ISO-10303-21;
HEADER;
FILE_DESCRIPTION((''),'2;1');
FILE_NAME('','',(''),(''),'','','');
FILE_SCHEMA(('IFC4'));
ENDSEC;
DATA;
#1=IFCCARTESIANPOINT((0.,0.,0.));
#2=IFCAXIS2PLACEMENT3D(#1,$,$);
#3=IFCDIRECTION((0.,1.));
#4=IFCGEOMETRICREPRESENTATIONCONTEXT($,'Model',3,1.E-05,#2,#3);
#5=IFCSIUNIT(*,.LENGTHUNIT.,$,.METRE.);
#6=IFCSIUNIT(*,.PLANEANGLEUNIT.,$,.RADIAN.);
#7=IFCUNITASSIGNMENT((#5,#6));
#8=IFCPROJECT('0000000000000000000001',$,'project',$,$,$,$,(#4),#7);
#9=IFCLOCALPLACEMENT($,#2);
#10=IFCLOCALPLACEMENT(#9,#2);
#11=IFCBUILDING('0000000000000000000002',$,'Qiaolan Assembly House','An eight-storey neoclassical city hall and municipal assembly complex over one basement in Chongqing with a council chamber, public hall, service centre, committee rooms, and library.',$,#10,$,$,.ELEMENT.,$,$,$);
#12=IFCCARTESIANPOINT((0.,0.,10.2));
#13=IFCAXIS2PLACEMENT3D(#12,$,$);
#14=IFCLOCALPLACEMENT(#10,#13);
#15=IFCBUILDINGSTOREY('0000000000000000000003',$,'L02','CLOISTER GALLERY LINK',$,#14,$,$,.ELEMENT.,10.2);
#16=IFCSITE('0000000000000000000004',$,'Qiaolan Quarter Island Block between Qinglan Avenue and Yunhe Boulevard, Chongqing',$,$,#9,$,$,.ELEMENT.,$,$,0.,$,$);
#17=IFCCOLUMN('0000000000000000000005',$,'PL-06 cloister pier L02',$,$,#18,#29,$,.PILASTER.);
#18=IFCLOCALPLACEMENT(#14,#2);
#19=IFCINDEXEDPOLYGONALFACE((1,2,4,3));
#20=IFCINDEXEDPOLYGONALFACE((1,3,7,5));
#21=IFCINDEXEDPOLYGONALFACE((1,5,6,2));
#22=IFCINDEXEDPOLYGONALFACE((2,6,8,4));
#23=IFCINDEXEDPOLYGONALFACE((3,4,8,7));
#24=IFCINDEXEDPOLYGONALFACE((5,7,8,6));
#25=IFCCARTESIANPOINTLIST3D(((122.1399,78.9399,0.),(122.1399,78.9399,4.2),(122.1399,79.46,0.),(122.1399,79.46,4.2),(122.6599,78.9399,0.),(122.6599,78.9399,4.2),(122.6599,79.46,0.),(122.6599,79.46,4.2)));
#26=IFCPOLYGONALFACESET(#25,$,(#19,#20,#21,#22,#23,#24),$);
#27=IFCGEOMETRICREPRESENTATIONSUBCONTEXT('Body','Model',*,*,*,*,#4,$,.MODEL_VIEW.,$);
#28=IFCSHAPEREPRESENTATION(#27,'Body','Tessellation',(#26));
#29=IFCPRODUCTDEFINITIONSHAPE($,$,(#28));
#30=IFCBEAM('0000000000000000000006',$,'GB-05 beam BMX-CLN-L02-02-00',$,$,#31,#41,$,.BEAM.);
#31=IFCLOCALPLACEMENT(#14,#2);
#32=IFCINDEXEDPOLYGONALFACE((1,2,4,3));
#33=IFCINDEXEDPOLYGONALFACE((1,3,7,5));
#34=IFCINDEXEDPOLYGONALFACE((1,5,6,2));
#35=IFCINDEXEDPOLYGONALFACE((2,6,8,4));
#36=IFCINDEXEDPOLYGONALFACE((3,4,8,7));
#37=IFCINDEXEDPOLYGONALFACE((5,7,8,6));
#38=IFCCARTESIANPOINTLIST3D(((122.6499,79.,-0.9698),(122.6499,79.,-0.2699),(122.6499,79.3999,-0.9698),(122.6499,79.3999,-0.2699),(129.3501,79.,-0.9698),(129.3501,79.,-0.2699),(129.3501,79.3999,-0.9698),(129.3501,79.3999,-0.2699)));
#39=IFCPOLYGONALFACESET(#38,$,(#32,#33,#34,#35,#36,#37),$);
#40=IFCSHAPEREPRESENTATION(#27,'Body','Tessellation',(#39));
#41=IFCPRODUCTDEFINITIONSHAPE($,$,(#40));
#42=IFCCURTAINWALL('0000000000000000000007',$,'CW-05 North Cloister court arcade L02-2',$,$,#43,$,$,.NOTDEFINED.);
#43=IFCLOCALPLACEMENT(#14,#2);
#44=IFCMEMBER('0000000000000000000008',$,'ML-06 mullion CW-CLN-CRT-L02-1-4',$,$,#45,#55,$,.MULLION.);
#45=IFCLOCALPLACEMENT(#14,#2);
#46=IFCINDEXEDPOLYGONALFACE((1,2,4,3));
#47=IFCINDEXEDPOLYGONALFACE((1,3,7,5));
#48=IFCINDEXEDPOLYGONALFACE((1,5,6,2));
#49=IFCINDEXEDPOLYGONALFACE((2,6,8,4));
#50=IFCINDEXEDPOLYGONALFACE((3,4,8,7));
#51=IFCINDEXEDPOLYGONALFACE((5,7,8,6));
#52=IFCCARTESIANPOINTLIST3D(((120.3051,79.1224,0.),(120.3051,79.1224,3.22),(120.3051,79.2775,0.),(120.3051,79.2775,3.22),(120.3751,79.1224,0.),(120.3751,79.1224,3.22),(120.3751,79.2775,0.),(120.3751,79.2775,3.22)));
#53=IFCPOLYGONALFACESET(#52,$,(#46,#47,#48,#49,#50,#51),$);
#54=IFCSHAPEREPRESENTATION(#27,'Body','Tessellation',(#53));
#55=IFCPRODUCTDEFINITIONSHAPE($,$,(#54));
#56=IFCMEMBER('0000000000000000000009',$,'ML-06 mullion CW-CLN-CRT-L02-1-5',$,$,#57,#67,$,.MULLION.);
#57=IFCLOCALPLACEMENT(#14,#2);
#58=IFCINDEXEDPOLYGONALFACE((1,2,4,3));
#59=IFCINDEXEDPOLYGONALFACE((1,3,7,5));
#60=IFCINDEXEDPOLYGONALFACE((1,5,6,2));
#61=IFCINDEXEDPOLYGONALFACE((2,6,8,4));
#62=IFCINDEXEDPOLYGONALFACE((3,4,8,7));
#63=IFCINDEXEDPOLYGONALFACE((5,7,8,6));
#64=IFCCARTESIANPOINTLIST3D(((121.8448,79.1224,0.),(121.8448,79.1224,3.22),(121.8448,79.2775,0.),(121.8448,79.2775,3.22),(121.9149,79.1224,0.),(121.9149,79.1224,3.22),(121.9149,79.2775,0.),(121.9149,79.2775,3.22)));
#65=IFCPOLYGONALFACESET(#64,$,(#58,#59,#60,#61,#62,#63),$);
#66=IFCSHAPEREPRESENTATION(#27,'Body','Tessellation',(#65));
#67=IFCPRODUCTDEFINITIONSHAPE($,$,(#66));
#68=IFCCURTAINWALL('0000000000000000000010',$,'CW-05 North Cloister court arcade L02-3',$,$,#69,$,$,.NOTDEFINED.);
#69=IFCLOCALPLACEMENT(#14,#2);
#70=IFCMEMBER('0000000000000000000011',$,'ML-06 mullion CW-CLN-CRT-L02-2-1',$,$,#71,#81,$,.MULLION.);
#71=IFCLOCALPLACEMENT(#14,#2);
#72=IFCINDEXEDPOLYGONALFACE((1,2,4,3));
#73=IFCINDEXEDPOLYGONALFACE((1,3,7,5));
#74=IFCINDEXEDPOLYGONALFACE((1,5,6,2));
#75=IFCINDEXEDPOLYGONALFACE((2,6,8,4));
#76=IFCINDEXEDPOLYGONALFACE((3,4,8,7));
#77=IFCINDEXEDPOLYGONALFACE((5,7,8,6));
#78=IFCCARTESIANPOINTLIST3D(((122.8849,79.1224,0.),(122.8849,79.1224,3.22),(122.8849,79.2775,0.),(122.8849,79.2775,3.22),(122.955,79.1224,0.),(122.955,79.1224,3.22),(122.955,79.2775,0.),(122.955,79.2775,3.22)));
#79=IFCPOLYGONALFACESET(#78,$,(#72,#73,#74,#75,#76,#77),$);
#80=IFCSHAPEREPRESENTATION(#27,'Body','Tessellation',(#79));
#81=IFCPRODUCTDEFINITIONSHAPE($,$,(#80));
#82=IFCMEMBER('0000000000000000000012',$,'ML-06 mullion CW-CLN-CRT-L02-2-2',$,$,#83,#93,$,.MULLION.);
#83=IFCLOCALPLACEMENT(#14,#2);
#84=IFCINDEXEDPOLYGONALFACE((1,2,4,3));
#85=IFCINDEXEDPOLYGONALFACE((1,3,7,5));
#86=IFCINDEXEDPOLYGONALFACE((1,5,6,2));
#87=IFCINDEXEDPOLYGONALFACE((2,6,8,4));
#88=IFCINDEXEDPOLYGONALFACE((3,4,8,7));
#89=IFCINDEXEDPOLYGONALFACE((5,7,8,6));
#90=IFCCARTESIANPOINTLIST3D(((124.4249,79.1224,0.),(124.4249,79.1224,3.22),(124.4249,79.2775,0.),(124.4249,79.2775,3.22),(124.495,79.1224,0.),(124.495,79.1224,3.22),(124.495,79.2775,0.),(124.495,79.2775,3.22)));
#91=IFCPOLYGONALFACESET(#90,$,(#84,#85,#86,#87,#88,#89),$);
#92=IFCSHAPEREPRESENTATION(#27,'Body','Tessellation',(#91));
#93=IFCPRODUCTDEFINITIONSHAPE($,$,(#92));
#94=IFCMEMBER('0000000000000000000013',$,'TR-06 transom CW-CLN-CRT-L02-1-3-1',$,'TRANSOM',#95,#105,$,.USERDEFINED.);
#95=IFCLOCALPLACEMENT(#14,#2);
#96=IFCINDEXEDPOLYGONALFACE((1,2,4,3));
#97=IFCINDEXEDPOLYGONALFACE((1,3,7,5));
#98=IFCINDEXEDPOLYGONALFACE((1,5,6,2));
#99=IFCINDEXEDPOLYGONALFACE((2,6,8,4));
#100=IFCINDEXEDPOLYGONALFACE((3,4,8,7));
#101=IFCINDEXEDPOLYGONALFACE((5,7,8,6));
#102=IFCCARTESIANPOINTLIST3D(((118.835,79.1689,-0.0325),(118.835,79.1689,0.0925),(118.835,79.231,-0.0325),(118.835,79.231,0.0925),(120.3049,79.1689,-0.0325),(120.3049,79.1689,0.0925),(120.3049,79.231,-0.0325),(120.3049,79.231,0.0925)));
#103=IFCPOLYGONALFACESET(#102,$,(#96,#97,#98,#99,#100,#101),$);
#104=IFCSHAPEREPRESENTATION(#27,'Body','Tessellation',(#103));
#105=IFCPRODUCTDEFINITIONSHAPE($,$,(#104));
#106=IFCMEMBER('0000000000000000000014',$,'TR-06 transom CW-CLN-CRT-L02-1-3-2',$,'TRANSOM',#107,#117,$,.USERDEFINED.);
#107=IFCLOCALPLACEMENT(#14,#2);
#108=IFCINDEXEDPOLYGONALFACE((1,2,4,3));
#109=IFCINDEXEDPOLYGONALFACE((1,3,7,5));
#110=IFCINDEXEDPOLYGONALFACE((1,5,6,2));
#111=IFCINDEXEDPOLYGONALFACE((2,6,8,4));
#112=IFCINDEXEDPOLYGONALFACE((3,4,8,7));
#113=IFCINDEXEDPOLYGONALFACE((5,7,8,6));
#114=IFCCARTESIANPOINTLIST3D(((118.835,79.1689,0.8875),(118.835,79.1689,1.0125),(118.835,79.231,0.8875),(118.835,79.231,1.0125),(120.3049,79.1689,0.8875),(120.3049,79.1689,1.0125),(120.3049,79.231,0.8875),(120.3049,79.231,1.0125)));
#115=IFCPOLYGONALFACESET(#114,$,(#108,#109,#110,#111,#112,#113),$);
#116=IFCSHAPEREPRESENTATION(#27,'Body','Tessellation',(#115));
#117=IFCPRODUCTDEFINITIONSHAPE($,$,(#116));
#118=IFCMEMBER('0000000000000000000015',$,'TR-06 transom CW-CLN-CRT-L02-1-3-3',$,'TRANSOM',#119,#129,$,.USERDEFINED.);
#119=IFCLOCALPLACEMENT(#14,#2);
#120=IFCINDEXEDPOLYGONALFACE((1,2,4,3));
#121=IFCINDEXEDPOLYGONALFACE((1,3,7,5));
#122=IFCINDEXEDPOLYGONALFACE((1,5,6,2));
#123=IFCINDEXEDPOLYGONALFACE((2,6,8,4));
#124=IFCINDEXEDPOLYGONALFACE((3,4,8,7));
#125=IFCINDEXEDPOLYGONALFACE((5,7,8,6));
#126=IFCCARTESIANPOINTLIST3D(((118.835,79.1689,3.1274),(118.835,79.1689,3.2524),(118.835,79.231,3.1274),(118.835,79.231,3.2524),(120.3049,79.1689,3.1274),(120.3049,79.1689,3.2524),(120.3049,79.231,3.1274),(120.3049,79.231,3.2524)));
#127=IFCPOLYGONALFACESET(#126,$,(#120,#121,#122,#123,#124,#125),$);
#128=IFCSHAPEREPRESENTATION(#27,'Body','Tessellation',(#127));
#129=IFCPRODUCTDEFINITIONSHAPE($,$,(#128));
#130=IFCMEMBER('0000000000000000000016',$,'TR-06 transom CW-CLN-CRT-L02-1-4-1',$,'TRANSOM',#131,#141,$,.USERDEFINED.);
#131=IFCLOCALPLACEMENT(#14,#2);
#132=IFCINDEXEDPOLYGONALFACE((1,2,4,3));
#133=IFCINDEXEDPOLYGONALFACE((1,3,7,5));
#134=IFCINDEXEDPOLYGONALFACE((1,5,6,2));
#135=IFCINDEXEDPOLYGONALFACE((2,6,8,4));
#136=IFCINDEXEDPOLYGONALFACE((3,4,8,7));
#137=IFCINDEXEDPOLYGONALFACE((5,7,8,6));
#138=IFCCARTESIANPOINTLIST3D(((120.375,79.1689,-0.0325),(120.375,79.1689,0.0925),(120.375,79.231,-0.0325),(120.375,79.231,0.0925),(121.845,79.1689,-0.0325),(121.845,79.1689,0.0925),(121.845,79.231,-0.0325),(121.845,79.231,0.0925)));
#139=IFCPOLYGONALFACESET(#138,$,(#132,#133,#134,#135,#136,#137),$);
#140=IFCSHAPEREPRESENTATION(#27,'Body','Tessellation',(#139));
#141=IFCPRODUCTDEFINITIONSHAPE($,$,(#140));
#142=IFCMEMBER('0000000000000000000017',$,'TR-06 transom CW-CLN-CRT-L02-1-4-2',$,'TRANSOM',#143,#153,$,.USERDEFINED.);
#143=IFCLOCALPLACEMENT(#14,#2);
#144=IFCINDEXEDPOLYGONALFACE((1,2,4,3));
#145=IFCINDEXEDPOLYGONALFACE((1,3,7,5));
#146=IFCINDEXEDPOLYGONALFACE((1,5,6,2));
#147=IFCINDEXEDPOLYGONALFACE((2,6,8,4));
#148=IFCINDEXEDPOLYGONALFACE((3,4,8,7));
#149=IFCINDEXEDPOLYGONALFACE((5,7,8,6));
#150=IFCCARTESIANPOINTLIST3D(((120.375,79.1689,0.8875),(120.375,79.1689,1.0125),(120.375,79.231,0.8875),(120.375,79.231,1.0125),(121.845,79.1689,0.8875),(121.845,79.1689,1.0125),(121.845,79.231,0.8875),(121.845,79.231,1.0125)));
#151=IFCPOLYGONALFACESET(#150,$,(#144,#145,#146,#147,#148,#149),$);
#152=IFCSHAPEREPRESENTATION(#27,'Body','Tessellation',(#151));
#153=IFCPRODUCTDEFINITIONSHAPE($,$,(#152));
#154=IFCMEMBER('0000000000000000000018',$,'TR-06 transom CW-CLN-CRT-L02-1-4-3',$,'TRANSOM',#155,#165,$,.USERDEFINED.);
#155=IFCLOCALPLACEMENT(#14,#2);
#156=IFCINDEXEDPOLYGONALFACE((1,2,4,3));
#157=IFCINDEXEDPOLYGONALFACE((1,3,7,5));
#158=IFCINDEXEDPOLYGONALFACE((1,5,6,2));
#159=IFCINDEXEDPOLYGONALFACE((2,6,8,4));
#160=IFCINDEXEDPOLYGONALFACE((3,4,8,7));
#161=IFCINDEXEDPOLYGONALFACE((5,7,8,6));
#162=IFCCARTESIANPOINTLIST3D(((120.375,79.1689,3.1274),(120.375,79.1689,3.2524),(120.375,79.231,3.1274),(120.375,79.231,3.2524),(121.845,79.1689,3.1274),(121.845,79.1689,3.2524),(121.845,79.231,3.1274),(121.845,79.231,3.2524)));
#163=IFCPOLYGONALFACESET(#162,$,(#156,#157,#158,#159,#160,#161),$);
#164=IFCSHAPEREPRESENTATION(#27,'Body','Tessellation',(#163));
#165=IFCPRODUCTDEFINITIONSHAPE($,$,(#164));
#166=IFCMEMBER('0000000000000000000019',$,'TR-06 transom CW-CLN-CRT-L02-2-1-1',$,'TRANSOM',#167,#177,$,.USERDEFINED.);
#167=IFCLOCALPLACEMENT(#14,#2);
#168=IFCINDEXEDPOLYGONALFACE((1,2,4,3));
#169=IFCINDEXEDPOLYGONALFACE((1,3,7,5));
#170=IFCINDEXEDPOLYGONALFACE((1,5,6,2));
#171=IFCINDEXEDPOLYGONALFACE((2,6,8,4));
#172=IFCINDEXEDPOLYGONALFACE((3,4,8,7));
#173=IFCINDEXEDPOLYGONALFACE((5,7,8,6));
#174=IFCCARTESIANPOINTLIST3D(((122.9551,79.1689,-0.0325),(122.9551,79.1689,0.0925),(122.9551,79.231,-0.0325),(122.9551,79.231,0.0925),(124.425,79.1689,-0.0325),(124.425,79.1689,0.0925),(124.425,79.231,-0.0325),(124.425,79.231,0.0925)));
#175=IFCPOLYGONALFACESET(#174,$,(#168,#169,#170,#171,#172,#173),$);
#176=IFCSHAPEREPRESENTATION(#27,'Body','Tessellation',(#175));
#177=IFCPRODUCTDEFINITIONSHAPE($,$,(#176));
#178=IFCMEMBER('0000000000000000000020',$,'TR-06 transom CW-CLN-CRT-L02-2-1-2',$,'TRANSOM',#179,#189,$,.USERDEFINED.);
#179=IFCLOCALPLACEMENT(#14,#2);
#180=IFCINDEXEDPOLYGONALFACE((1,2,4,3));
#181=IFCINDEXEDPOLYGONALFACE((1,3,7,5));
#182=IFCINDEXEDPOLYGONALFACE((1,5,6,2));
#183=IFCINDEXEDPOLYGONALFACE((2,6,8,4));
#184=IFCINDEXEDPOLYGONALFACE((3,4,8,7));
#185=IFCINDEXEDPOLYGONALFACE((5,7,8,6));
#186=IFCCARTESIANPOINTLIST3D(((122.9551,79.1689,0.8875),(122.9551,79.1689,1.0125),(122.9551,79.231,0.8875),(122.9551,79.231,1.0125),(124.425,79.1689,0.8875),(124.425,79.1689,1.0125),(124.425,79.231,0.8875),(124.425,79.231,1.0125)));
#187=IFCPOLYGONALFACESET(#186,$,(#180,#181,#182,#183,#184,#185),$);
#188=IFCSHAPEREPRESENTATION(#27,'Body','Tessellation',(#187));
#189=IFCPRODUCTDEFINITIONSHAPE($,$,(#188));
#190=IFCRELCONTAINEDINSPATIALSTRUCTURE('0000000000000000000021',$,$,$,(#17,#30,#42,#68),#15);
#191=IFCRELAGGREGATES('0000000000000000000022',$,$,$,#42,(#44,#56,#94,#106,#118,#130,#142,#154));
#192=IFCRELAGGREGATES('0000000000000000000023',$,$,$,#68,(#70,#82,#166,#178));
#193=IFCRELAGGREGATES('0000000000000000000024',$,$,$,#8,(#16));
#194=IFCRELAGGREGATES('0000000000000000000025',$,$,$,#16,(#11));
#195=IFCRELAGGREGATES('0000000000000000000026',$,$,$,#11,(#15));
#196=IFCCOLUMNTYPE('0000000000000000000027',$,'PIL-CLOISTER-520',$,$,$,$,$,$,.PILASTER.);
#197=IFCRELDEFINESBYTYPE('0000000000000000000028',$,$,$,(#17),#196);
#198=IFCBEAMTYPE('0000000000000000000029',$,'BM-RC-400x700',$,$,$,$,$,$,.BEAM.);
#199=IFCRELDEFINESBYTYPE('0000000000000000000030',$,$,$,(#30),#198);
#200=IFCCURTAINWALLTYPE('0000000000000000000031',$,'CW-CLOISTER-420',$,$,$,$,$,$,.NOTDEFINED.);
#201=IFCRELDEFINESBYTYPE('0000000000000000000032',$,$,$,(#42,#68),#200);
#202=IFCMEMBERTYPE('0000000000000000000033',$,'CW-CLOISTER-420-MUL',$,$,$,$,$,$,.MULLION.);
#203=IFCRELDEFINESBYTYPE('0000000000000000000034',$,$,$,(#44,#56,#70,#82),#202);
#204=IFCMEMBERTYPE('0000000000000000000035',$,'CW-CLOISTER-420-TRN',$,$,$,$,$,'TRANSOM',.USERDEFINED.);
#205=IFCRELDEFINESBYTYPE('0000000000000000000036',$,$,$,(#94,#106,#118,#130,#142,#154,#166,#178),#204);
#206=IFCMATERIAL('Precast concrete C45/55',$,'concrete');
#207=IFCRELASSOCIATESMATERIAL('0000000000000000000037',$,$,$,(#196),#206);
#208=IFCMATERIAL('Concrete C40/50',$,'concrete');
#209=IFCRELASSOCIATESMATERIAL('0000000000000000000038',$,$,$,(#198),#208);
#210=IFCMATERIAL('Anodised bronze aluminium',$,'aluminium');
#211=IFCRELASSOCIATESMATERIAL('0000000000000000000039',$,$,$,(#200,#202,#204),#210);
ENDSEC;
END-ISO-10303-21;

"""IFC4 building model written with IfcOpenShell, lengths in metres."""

from ifc_helpers import new_model, si_unit, direction, frame, origin, origin_2d, place, context, subcontext, project, spatial, rectangle, extrude, material, material_profile, profile_set, type_object, element, aggregate, save


model = new_model("IFC4")

# Units and contexts
model_context = context("Model", 3, precision=1e-05, world=origin(), true_north=direction((0.0, 1.0)))
body_context = subcontext(model_context, "Body", "Model", "MODEL_VIEW")
ifc_project = project(units=[si_unit("LENGTHUNIT", "METRE"), si_unit("PLANEANGLEUNIT", "RADIAN")], contexts=[model_context])

# Site, building, storey
site_placement = place(None, origin())
site = spatial("IfcSite", under=ifc_project, at=site_placement, Name="Qiaolan Quarter Island Block between Qinglan Avenue and Yunhe Boulevard, Chongqing", CompositionType="ELEMENT", RefElevation=0.0)
building_placement = place(site_placement, origin())
building = spatial("IfcBuilding", under=site, at=building_placement, Name="Qiaolan Assembly House", Description="An eight-storey neoclassical city hall and municipal assembly complex over one basement in Chongqing with a council chamber, public hall, service centre, committee rooms, and library.", CompositionType="ELEMENT")
storey_placement = place(building_placement, frame((0.0, 0.0, 10.2)))
storey = spatial("IfcBuildingStorey", under=building, at=storey_placement, Name="L02", Description="CLOISTER GALLERY LINK", CompositionType="ELEMENT", Elevation=10.2)

# Column
ifc_material_1 = material(Name="Precast concrete C45/55", Category="concrete")
ifc_material_profile_1 = material_profile(ifc_material_1, rectangle(XDim=0.52, YDim=0.52, at=origin_2d()), Name="PIL 520x520")
ifc_profile_set_1 = profile_set([ifc_material_profile_1], Name="Precast concrete C45/55")
column_type = type_object("IfcColumnType", Name="PIL-CLOISTER-520", PredefinedType="PILASTER", material=ifc_profile_set_1)
column_placement = place(storey_placement, frame((122.3999, 79.2, 0.0), z_axis=(0.0, 0.0, 1.0), x_axis=(1.0, 0.0, 0.0)))
element("IfcColumn", 1, at=column_placement, inside=storey, type_object=column_type, Name="PL-06 cloister pier L02", PredefinedType="PILASTER", context=body_context, shape_type="SweptSolid", body=[
    extrude(rectangle(XDim=0.52, YDim=0.52, at=origin_2d()), origin(), (0.0, 0.0, 1.0), 4.2),
])

# Beam
ifc_material_2 = material(Name="Concrete C40/50", Category="concrete")
ifc_material_profile_2 = material_profile(ifc_material_2, rectangle(XDim=0.3999, YDim=0.7, at=origin_2d()), Name="RCB 400x700")
ifc_profile_set_2 = profile_set([ifc_material_profile_2], Name="Concrete C40/50")
beam_type_1 = type_object("IfcBeamType", Name="BM-RC-400x700", PredefinedType="BEAM", material=ifc_profile_set_2)
beam_1_placement = place(storey_placement, frame((122.6499, 79.2, -0.6199), z_axis=(1.0, 0.0, 0.0), x_axis=(0.0, 1.0, 0.0)))
element("IfcBeam", 2, at=beam_1_placement, inside=storey, type_object=beam_type_1, Name="GB-05 beam BMX-CLN-L02-02-00", PredefinedType="BEAM", context=body_context, shape_type="SweptSolid", body=[
    extrude(rectangle(XDim=0.3999, YDim=0.7, at=origin_2d()), origin(), (0.0, 0.0, 1.0), 6.7002),
])

# Curtain walls, members
ifc_material_3 = material(Name="Anodised bronze aluminium", Category="aluminium")
curtain_wall_type = type_object("IfcCurtainWallType", Name="CW-CLOISTER-420", PredefinedType="NOTDEFINED", material=ifc_material_3)
curtain_wall_1_placement = place(storey_placement, origin())
curtain_wall_1 = element("IfcCurtainWall", 3, at=curtain_wall_1_placement, inside=storey, type_object=curtain_wall_type, Name="CW-05 North Cloister court arcade L02-2", PredefinedType="NOTDEFINED")
ifc_material_profile_3 = material_profile(ifc_material_3, rectangle(XDim=0.0701, YDim=0.155, at=origin_2d()), Name="MUL 70x155")
ifc_profile_set_3 = profile_set([ifc_material_profile_3], Name="Anodised bronze aluminium")
member_type_1 = type_object("IfcMemberType", Name="CW-CLOISTER-420-MUL", PredefinedType="MULLION", material=ifc_profile_set_3)
member_1_placement = place(storey_placement, frame((120.3401, 79.2, 0.0), z_axis=(0.0, 0.0, 1.0), x_axis=(1.0, 0.0, 0.0)))
member_1 = element("IfcMember", 4, at=member_1_placement, type_object=member_type_1, Name="ML-06 mullion CW-CLN-CRT-L02-1-4", PredefinedType="MULLION", context=body_context, shape_type="SweptSolid", body=[
    extrude(rectangle(XDim=0.0701, YDim=0.155, at=origin_2d()), origin(), (0.0, 0.0, 1.0), 3.22),
])
member_2_placement = place(storey_placement, frame((121.8799, 79.2, 0.0), z_axis=(0.0, 0.0, 1.0), x_axis=(1.0, 0.0, 0.0)))
member_2 = element("IfcMember", 5, at=member_2_placement, type_object=member_type_1, Name="ML-06 mullion CW-CLN-CRT-L02-1-5", PredefinedType="MULLION", context=body_context, shape_type="SweptSolid", body=[
    extrude(rectangle(XDim=0.0701, YDim=0.155, at=origin_2d()), origin(), (0.0, 0.0, 1.0), 3.22),
])
curtain_wall_2_placement = place(storey_placement, origin())
curtain_wall_2 = element("IfcCurtainWall", 6, at=curtain_wall_2_placement, inside=storey, type_object=curtain_wall_type, Name="CW-05 North Cloister court arcade L02-3", PredefinedType="NOTDEFINED")
member_3_placement = place(storey_placement, frame((122.9199, 79.2, 0.0), z_axis=(0.0, 0.0, 1.0), x_axis=(1.0, 0.0, 0.0)))
member_3 = element("IfcMember", 7, at=member_3_placement, type_object=member_type_1, Name="ML-06 mullion CW-CLN-CRT-L02-2-1", PredefinedType="MULLION", context=body_context, shape_type="SweptSolid", body=[
    extrude(rectangle(XDim=0.0701, YDim=0.155, at=origin_2d()), origin(), (0.0, 0.0, 1.0), 3.22),
])
member_4_placement = place(storey_placement, frame((124.46, 79.2, 0.0), z_axis=(0.0, 0.0, 1.0), x_axis=(1.0, 0.0, 0.0)))
member_4 = element("IfcMember", 8, at=member_4_placement, type_object=member_type_1, Name="ML-06 mullion CW-CLN-CRT-L02-2-2", PredefinedType="MULLION", context=body_context, shape_type="SweptSolid", body=[
    extrude(rectangle(XDim=0.0701, YDim=0.155, at=origin_2d()), origin(), (0.0, 0.0, 1.0), 3.22),
])

# Members
ifc_material_profile_4 = material_profile(ifc_material_3, rectangle(XDim=0.062, YDim=0.125, at=origin_2d()), Name="TRN 62x125")
ifc_profile_set_4 = profile_set([ifc_material_profile_4], Name="Anodised bronze aluminium")
member_type_2 = type_object("IfcMemberType", Name="CW-CLOISTER-420-TRN", ElementType="TRANSOM", PredefinedType="USERDEFINED", material=ifc_profile_set_4)
member_5_placement = place(storey_placement, frame((118.835, 79.2, 0.03), z_axis=(1.0, 0.0, 0.0), x_axis=(0.0, 1.0, 0.0)))
member_5 = element("IfcMember", 9, at=member_5_placement, type_object=member_type_2, Name="TR-06 transom CW-CLN-CRT-L02-1-3-1", ObjectType="TRANSOM", PredefinedType="USERDEFINED", context=body_context, shape_type="SweptSolid", body=[
    extrude(rectangle(XDim=0.062, YDim=0.125, at=origin_2d()), origin(), (0.0, 0.0, 1.0), 1.47),
])
member_6_placement = place(storey_placement, frame((118.835, 79.2, 0.95), z_axis=(1.0, 0.0, 0.0), x_axis=(0.0, 1.0, 0.0)))
member_6 = element("IfcMember", 10, at=member_6_placement, type_object=member_type_2, Name="TR-06 transom CW-CLN-CRT-L02-1-3-2", ObjectType="TRANSOM", PredefinedType="USERDEFINED", context=body_context, shape_type="SweptSolid", body=[
    extrude(rectangle(XDim=0.062, YDim=0.125, at=origin_2d()), origin(), (0.0, 0.0, 1.0), 1.47),
])
member_7_placement = place(storey_placement, frame((118.835, 79.2, 3.1899), z_axis=(1.0, 0.0, 0.0), x_axis=(0.0, 1.0, 0.0)))
member_7 = element("IfcMember", 11, at=member_7_placement, type_object=member_type_2, Name="TR-06 transom CW-CLN-CRT-L02-1-3-3", ObjectType="TRANSOM", PredefinedType="USERDEFINED", context=body_context, shape_type="SweptSolid", body=[
    extrude(rectangle(XDim=0.062, YDim=0.125, at=origin_2d()), origin(), (0.0, 0.0, 1.0), 1.47),
])
member_8_placement = place(storey_placement, frame((120.375, 79.2, 0.03), z_axis=(1.0, 0.0, 0.0), x_axis=(0.0, 1.0, 0.0)))
member_8 = element("IfcMember", 12, at=member_8_placement, type_object=member_type_2, Name="TR-06 transom CW-CLN-CRT-L02-1-4-1", ObjectType="TRANSOM", PredefinedType="USERDEFINED", context=body_context, shape_type="SweptSolid", body=[
    extrude(rectangle(XDim=0.062, YDim=0.125, at=origin_2d()), origin(), (0.0, 0.0, 1.0), 1.47),
])
member_9_placement = place(storey_placement, frame((120.375, 79.2, 0.95), z_axis=(1.0, 0.0, 0.0), x_axis=(0.0, 1.0, 0.0)))
member_9 = element("IfcMember", 13, at=member_9_placement, type_object=member_type_2, Name="TR-06 transom CW-CLN-CRT-L02-1-4-2", ObjectType="TRANSOM", PredefinedType="USERDEFINED", context=body_context, shape_type="SweptSolid", body=[
    extrude(rectangle(XDim=0.062, YDim=0.125, at=origin_2d()), origin(), (0.0, 0.0, 1.0), 1.47),
])
member_10_placement = place(storey_placement, frame((120.375, 79.2, 3.1899), z_axis=(1.0, 0.0, 0.0), x_axis=(0.0, 1.0, 0.0)))
member_10 = element("IfcMember", 14, at=member_10_placement, type_object=member_type_2, Name="TR-06 transom CW-CLN-CRT-L02-1-4-3", ObjectType="TRANSOM", PredefinedType="USERDEFINED", context=body_context, shape_type="SweptSolid", body=[
    extrude(rectangle(XDim=0.062, YDim=0.125, at=origin_2d()), origin(), (0.0, 0.0, 1.0), 1.47),
])
member_11_placement = place(storey_placement, frame((122.9551, 79.2, 0.03), z_axis=(1.0, 0.0, 0.0), x_axis=(0.0, 1.0, 0.0)))
member_11 = element("IfcMember", 15, at=member_11_placement, type_object=member_type_2, Name="TR-06 transom CW-CLN-CRT-L02-2-1-1", ObjectType="TRANSOM", PredefinedType="USERDEFINED", context=body_context, shape_type="SweptSolid", body=[
    extrude(rectangle(XDim=0.062, YDim=0.125, at=origin_2d()), origin(), (0.0, 0.0, 1.0), 1.47),
])
member_12_placement = place(storey_placement, frame((122.9551, 79.2, 0.95), z_axis=(1.0, 0.0, 0.0), x_axis=(0.0, 1.0, 0.0)))
member_12 = element("IfcMember", 16, at=member_12_placement, type_object=member_type_2, Name="TR-06 transom CW-CLN-CRT-L02-2-1-2", ObjectType="TRANSOM", PredefinedType="USERDEFINED", context=body_context, shape_type="SweptSolid", body=[
    extrude(rectangle(XDim=0.062, YDim=0.125, at=origin_2d()), origin(), (0.0, 0.0, 1.0), 1.47),
])

aggregate(curtain_wall_1, [member_1, member_2, member_5, member_6, member_7, member_8, member_9, member_10])
aggregate(curtain_wall_2, [member_3, member_4, member_11, member_12])

save(model, "model.ifc")
